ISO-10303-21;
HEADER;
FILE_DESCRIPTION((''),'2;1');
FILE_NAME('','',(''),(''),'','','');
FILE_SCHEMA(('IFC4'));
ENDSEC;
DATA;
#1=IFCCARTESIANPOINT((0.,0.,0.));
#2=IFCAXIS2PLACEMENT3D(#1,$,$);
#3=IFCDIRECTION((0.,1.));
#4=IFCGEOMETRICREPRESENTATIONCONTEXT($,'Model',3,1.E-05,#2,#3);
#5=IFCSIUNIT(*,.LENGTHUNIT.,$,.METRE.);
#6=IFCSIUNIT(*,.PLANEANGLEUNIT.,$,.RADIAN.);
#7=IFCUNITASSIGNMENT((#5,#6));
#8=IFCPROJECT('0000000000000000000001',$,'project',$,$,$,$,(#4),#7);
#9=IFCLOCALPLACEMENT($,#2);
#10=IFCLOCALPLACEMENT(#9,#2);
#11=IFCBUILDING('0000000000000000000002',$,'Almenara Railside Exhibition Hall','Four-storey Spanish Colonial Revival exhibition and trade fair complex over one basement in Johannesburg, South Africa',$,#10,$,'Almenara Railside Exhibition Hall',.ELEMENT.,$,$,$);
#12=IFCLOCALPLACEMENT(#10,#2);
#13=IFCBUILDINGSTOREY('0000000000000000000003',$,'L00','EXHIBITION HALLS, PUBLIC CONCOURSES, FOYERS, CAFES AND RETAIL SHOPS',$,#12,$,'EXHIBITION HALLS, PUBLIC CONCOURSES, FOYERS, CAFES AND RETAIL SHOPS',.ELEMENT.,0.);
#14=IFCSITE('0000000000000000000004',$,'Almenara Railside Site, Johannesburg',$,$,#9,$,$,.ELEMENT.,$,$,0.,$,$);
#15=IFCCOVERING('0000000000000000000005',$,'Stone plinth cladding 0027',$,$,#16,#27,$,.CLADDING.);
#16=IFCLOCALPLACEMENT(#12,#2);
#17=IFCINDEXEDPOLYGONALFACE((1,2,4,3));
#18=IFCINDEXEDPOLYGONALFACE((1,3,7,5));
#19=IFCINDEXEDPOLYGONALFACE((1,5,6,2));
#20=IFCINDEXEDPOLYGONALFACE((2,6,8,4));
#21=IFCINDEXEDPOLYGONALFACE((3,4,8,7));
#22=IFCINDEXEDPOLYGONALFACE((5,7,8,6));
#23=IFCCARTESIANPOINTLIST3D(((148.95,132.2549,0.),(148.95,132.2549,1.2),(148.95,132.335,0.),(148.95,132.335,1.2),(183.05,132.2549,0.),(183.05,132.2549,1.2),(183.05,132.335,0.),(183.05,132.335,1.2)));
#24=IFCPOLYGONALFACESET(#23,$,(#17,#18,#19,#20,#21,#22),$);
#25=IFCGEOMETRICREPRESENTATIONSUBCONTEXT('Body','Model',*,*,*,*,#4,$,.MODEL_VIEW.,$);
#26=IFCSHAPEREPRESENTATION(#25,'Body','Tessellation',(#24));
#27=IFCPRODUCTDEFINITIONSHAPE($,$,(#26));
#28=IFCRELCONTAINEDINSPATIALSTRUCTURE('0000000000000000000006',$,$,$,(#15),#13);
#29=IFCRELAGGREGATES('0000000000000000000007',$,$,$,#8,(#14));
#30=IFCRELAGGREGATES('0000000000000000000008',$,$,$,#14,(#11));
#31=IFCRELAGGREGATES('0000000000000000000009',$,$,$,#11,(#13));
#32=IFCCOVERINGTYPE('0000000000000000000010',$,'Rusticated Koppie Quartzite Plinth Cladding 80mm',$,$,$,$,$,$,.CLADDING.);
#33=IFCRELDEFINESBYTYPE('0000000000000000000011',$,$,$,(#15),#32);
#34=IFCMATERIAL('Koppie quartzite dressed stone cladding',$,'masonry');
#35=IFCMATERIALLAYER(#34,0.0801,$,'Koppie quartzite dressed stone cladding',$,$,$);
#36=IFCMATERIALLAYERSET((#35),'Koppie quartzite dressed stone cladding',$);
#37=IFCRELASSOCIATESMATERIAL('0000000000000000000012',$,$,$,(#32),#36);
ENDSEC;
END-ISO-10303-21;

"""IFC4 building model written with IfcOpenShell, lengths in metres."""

from ifc_helpers import new_model, si_unit, direction, frame, origin, origin_2d, place, context, subcontext, project, spatial, rectangle, extrude, material, layer, layer_set, type_object, element, save


model = new_model("IFC4")

# Units and contexts
model_context = context("Model", 3, precision=1e-05, world=origin(), true_north=direction((0.0, 1.0)))
body_context = subcontext(model_context, "Body", "Model", "MODEL_VIEW")
ifc_project = project(units=[si_unit("LENGTHUNIT", "METRE"), si_unit("PLANEANGLEUNIT", "RADIAN")], contexts=[model_context])

# Site, building, storey
site_placement = place(None, origin())
site = spatial("IfcSite", under=ifc_project, at=site_placement, Name="Almenara Railside Site, Johannesburg", CompositionType="ELEMENT", RefElevation=0.0)
building_placement = place(site_placement, origin())
building = spatial("IfcBuilding", under=site, at=building_placement, Name="Almenara Railside Exhibition Hall", Description="Four-storey Spanish Colonial Revival exhibition and trade fair complex over one basement in Johannesburg, South Africa", LongName="Almenara Railside Exhibition Hall", CompositionType="ELEMENT")
storey_placement = place(building_placement, origin())
storey = spatial("IfcBuildingStorey", under=building, at=storey_placement, Name="L00", Description="EXHIBITION HALLS, PUBLIC CONCOURSES, FOYERS, CAFES AND RETAIL SHOPS", LongName="EXHIBITION HALLS, PUBLIC CONCOURSES, FOYERS, CAFES AND RETAIL SHOPS", CompositionType="ELEMENT", Elevation=0.0)

# Covering
ifc_material_1 = material(Name="Koppie quartzite dressed stone cladding", Category="masonry")
ifc_layer_1 = layer(ifc_material_1, 0.0801, Name="Koppie quartzite dressed stone cladding")
ifc_layer_set_1 = layer_set([ifc_layer_1], Name="Koppie quartzite dressed stone cladding")
covering_type = type_object("IfcCoveringType", Name="Rusticated Koppie Quartzite Plinth Cladding 80mm", PredefinedType="CLADDING", material=ifc_layer_set_1)
covering_1_placement = place(storey_placement, frame((166.0, 132.2949, 0.0), z_axis=(0.0, 0.0, 1.0), x_axis=(-1.0, 0.0, 0.0)))
element("IfcCovering", 1, at=covering_1_placement, inside=storey, type_object=covering_type, Name="Stone plinth cladding 0027", PredefinedType="CLADDING", context=body_context, shape_type="SweptSolid", body=[
    extrude(rectangle(XDim=34.1001, YDim=0.0801, at=origin_2d()), origin(), (0.0, 0.0, 1.0), 1.2),
])

save(model, "model.ifc")
